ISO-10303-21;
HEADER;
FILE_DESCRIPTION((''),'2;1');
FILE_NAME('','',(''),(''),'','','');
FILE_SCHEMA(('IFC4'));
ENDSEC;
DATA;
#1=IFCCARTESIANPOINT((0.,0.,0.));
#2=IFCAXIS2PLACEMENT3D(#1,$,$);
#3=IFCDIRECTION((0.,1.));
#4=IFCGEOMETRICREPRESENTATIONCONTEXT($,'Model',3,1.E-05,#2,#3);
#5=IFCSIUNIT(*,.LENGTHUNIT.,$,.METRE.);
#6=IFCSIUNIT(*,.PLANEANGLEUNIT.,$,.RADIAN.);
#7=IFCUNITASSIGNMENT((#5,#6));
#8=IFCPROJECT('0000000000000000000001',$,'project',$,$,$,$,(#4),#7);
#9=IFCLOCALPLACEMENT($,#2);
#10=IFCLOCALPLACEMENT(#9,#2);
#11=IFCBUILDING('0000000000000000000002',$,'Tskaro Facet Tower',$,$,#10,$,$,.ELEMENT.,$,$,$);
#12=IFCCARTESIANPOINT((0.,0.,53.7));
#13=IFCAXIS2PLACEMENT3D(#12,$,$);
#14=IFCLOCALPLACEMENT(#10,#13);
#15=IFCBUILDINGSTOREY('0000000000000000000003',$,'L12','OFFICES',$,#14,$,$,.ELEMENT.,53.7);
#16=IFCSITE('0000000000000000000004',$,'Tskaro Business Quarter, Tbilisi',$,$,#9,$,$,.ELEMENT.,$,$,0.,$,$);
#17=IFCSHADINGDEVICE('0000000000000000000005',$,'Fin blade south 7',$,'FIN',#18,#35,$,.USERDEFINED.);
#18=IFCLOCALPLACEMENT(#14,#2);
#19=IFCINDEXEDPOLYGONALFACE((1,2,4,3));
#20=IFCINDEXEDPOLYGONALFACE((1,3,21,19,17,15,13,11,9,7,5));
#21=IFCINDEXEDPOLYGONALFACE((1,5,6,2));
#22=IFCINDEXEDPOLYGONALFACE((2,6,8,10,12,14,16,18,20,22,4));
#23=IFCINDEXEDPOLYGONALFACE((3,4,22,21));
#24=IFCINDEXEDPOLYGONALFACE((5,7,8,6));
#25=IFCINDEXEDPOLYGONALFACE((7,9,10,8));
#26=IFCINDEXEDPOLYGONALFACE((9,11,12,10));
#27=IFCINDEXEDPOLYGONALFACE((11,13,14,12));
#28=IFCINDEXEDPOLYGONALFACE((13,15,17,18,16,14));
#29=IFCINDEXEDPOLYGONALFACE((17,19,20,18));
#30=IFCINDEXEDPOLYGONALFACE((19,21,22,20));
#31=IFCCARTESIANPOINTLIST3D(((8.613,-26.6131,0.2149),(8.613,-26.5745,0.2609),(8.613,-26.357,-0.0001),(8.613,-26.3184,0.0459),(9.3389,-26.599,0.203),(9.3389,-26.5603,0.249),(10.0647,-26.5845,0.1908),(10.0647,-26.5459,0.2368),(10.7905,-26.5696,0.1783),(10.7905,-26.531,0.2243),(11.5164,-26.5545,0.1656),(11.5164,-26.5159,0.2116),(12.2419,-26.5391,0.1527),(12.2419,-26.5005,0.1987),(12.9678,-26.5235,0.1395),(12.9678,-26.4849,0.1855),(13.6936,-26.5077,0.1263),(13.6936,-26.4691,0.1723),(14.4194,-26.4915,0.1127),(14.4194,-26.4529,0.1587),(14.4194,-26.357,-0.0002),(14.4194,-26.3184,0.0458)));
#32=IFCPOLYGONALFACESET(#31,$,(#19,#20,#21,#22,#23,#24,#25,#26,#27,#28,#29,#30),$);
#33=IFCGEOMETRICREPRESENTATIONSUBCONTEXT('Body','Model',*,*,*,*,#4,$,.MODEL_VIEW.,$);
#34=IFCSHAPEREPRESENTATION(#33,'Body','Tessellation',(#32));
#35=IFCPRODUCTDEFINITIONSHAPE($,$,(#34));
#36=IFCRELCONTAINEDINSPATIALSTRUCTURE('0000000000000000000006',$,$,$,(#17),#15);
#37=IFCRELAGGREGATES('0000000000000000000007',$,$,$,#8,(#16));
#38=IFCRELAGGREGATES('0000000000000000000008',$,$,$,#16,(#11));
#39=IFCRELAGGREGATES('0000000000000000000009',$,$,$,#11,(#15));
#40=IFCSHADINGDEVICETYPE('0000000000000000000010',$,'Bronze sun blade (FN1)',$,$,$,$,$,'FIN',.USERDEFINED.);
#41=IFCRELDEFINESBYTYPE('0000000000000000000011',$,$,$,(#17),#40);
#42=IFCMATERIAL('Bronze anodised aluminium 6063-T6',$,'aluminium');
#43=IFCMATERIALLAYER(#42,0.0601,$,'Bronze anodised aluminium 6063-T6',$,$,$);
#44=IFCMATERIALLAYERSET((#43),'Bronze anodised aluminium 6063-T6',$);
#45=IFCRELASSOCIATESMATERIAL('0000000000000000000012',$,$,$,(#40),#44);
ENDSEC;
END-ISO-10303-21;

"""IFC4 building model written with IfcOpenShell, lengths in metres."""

from ifc_helpers import new_model, si_unit, direction, frame, origin, place, context, subcontext, project, spatial, polyline, outline, extrude, material, layer, layer_set, type_object, element, save


model = new_model("IFC4")

# Units and contexts
model_context = context("Model", 3, precision=1e-05, world=origin(), true_north=direction((0.0, 1.0)))
body_context = subcontext(model_context, "Body", "Model", "MODEL_VIEW")
ifc_project = project(units=[si_unit("LENGTHUNIT", "METRE"), si_unit("PLANEANGLEUNIT", "RADIAN")], contexts=[model_context])

# Site, building, storey
site_placement = place(None, origin())
site = spatial("IfcSite", under=ifc_project, at=site_placement, Name="Tskaro Business Quarter, Tbilisi", CompositionType="ELEMENT", RefElevation=0.0)
building_placement = place(site_placement, origin())
building = spatial("IfcBuilding", under=site, at=building_placement, Name="Tskaro Facet Tower", CompositionType="ELEMENT")
storey_placement = place(building_placement, frame((0.0, 0.0, 53.7)))
storey = spatial("IfcBuildingStorey", under=building, at=storey_placement, Name="L12", Description="OFFICES", CompositionType="ELEMENT", Elevation=53.7)

# Shared definitions
ifc_material_1 = material(Name="Bronze anodised aluminium 6063-T6", Category="aluminium")

# Shading device
ifc_layer_1 = layer(ifc_material_1, 0.0601, Name="Bronze anodised aluminium 6063-T6")
ifc_layer_set_1 = layer_set([ifc_layer_1], Name="Bronze anodised aluminium 6063-T6")
shading_device_type = type_object("IfcShadingDeviceType", Name="Bronze sun blade (FN1)", ElementType="FIN", PredefinedType="USERDEFINED", material=ifc_layer_set_1)
shading_device_1_placement = place(storey_placement, frame((8.613, -26.3184, 0.0459), z_axis=(0.000018, 0.642856, 0.765987), x_axis=(1.0, -0.000012, -0.000014)))
element("IfcShadingDevice", 1, at=shading_device_1_placement, inside=storey, type_object=shading_device_type, Name="Fin blade south 7", ObjectType="FIN", PredefinedType="USERDEFINED", context=body_context, shape_type="SweptSolid", body=[
    extrude(outline(polyline([(0.0, 0.0), (5.8064, 0.0), (5.8064, -0.1756), (5.0806, -0.1967), (4.3547, -0.2173), (3.6289, -0.2378), (2.9033, -0.2579), (2.1775, -0.2776), (1.4517, -0.297), (0.7258, -0.3159), (0.0, -0.3344), (0.0, 0.0)])), origin(), (0.0, 0.0, -1.0), 0.0601),
])

save(model, "model.ifc")
